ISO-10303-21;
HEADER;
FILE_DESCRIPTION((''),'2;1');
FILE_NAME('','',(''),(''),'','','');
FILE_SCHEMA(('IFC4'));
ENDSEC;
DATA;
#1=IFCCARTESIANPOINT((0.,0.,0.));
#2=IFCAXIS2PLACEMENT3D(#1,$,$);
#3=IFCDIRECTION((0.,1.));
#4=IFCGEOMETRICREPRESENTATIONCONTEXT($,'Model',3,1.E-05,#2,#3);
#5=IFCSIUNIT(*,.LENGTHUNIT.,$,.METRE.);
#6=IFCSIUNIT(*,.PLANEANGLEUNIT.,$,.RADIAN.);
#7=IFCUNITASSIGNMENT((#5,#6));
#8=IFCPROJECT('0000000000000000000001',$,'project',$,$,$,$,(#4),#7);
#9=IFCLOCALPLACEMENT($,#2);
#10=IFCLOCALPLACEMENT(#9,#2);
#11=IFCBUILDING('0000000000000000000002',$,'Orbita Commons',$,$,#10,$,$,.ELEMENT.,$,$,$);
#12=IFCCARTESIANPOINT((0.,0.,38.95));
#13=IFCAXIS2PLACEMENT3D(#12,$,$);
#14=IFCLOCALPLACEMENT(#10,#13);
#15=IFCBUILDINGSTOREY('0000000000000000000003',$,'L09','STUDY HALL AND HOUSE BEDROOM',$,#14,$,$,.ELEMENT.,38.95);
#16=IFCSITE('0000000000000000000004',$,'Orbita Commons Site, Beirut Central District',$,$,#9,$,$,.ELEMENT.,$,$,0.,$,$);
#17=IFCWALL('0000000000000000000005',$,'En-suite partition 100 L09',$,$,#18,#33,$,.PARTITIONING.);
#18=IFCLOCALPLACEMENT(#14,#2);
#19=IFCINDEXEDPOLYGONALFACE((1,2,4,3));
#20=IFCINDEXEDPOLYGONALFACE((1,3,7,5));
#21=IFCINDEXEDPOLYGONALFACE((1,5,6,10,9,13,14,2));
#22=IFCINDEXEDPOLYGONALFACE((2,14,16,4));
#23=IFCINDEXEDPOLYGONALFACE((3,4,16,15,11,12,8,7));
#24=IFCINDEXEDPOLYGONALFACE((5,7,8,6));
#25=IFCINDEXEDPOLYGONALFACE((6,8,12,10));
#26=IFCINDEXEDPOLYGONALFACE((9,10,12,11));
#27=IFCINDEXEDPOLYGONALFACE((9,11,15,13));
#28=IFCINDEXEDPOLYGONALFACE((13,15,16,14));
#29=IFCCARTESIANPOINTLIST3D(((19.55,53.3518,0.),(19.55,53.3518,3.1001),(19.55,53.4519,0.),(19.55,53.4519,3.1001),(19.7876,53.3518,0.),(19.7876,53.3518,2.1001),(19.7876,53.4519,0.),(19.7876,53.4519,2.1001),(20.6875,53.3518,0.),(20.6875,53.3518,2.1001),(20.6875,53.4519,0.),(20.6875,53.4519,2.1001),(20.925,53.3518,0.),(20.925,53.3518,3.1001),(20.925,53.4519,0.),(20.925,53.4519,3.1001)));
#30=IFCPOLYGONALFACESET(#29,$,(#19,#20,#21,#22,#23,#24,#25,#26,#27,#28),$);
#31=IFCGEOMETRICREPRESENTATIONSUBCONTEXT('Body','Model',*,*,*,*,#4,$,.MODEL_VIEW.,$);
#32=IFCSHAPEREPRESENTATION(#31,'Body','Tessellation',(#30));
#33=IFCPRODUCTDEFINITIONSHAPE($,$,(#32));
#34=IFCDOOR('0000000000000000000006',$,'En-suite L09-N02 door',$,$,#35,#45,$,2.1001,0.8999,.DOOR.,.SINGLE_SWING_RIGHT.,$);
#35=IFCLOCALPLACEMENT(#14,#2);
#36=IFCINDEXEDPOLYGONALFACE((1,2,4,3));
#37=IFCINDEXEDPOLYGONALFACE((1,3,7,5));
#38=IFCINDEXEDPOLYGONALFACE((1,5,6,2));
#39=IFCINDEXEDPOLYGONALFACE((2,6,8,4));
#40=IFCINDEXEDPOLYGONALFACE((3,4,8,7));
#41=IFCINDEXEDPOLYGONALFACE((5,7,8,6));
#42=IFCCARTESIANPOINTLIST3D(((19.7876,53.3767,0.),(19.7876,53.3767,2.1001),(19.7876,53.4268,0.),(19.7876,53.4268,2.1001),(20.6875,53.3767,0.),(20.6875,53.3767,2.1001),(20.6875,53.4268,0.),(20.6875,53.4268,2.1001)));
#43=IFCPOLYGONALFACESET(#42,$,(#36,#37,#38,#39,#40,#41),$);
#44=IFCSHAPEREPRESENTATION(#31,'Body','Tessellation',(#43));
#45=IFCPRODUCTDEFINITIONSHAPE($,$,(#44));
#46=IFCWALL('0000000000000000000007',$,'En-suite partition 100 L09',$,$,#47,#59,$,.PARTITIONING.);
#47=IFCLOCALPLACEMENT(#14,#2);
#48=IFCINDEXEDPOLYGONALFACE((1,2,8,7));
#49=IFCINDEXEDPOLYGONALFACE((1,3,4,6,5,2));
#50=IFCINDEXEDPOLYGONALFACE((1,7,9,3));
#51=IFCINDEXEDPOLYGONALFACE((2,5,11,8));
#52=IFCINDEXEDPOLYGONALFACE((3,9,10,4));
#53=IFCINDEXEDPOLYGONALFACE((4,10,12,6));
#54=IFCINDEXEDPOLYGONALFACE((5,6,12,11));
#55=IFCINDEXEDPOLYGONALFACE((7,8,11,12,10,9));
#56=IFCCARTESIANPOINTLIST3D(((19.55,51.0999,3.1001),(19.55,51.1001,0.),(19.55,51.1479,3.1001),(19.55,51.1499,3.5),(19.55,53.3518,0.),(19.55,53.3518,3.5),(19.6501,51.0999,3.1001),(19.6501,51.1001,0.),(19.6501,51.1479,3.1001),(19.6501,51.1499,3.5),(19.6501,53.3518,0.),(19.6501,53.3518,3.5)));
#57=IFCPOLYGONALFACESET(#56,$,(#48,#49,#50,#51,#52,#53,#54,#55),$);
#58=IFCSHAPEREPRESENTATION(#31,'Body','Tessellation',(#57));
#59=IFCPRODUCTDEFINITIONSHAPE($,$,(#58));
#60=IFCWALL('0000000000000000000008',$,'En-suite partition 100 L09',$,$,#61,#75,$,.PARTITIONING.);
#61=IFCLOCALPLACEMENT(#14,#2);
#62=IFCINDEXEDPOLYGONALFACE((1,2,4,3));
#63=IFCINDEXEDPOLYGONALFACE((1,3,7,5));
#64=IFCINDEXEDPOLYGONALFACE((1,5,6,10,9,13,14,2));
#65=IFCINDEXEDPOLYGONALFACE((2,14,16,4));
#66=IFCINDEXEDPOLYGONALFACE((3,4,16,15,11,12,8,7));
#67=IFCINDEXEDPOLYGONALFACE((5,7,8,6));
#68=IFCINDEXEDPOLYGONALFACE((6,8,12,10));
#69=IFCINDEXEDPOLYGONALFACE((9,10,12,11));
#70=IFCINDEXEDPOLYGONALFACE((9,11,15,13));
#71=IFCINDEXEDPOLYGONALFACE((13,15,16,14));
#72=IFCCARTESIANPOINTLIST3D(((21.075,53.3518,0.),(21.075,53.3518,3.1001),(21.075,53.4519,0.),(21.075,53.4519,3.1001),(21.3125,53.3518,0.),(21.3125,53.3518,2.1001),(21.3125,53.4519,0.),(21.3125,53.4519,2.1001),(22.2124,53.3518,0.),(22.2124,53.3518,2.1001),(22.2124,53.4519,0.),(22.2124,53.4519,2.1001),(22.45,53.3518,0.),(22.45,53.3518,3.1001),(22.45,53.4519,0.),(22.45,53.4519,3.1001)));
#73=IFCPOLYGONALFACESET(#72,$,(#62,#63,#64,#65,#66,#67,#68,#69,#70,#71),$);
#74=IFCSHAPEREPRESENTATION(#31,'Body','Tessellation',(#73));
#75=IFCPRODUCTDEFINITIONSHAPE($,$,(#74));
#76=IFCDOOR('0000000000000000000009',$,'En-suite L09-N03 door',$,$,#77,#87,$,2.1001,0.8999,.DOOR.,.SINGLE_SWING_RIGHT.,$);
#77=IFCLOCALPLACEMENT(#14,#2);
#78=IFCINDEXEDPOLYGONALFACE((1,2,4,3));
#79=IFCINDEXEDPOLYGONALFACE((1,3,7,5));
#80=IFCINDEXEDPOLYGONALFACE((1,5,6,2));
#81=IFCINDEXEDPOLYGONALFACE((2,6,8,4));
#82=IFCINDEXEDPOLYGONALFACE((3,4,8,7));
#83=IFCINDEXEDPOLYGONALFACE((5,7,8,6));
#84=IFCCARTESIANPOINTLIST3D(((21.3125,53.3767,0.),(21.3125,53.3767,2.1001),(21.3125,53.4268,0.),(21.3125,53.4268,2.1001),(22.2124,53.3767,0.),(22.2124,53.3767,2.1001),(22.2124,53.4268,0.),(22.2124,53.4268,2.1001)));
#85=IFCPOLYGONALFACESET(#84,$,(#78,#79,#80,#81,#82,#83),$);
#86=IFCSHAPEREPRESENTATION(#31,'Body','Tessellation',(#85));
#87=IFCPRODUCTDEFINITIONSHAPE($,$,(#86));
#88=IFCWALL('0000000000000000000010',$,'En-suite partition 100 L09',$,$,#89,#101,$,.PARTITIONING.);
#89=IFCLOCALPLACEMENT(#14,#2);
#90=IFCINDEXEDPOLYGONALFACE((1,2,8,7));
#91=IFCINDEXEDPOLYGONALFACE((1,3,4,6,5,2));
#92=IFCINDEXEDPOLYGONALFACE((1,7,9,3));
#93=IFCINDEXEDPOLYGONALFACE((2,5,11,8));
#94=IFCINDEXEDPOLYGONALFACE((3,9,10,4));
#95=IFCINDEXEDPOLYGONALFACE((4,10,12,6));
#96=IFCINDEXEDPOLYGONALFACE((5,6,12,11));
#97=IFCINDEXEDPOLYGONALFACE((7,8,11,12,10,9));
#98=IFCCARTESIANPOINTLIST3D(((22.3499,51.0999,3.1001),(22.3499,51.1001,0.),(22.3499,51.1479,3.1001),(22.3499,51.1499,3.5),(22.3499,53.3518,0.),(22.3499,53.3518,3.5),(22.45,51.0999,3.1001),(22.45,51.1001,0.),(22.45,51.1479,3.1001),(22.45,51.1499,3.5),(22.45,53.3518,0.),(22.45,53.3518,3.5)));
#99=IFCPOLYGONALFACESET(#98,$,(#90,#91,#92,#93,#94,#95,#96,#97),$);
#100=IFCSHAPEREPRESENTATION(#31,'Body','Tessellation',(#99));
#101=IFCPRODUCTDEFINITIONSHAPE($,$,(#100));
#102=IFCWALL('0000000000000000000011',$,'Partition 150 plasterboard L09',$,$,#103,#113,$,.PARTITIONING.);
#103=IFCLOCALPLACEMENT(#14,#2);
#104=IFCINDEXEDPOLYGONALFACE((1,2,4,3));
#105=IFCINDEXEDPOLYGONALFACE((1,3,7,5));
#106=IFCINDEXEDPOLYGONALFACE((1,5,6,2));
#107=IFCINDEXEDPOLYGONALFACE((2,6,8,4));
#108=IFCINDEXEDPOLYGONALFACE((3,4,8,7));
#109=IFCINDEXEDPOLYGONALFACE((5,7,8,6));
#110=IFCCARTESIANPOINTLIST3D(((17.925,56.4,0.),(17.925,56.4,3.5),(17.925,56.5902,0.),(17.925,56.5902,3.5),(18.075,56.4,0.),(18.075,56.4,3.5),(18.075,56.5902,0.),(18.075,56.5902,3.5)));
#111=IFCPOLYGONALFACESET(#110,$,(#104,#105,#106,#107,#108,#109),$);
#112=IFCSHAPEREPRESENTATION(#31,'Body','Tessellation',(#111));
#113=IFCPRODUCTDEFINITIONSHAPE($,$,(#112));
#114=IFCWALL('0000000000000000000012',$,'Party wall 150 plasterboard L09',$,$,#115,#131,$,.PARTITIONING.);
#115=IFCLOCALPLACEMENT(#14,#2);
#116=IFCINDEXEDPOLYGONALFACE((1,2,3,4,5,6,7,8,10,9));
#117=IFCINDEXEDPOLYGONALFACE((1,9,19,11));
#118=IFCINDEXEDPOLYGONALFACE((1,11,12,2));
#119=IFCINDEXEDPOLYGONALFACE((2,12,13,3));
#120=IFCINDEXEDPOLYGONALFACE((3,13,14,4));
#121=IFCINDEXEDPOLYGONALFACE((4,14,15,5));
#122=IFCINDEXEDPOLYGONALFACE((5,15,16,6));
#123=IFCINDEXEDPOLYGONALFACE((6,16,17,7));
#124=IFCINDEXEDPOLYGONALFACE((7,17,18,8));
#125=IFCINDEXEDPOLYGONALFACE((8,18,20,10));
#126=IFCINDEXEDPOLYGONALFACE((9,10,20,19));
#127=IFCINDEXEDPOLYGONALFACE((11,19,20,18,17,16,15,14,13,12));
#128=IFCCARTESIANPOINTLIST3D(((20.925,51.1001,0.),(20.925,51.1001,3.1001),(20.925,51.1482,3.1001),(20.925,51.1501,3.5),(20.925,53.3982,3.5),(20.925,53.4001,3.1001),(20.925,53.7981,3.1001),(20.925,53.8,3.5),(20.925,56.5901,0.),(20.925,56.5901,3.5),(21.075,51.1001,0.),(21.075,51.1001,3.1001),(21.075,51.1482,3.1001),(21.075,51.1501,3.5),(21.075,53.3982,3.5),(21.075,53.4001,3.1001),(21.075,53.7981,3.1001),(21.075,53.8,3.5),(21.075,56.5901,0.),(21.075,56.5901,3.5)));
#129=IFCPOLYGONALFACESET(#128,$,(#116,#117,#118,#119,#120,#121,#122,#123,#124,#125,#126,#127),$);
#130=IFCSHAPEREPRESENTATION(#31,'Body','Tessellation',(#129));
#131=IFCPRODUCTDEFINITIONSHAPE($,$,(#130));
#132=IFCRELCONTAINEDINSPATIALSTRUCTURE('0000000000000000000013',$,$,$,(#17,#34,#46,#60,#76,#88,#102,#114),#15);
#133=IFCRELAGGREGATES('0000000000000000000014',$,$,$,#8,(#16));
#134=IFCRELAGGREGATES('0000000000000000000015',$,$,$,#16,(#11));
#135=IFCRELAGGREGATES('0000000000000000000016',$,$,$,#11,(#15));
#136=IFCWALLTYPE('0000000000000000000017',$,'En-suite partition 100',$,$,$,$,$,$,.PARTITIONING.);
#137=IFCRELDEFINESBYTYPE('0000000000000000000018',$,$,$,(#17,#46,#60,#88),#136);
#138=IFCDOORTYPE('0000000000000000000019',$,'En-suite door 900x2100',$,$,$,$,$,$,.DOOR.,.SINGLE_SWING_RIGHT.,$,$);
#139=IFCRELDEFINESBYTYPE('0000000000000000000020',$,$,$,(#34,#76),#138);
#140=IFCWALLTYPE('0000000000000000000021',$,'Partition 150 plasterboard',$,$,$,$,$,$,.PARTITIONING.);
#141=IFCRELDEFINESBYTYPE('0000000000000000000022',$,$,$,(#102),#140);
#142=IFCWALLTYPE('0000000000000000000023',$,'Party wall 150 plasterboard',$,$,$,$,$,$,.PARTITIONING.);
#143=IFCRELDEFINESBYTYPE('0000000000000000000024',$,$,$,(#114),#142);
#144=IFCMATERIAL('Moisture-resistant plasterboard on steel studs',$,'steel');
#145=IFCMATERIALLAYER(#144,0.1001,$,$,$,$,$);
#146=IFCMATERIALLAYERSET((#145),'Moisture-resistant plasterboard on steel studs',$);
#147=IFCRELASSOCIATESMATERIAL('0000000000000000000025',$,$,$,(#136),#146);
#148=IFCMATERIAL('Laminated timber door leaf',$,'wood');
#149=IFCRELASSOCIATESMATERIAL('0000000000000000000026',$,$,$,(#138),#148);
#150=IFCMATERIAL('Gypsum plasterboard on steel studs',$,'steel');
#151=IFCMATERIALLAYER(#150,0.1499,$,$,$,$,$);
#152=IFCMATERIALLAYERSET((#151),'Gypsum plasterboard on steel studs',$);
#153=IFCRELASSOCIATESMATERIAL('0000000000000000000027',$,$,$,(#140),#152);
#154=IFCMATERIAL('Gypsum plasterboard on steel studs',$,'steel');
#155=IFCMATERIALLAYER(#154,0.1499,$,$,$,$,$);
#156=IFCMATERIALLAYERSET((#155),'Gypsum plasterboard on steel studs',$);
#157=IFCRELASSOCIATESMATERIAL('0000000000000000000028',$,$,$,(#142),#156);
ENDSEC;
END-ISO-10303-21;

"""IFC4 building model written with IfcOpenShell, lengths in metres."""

from ifc_helpers import new_model, si_unit, direction, frame, frame_2d, origin, place, context, subcontext, project, spatial, polyline, rectangle, outline, extrude, material, layer, layer_set, type_object, element, fill, save


model = new_model("IFC4")

# Units and contexts
model_context = context("Model", 3, precision=1e-05, world=origin(), true_north=direction((0.0, 1.0)))
body_context = subcontext(model_context, "Body", "Model", "MODEL_VIEW")
ifc_project = project(units=[si_unit("LENGTHUNIT", "METRE"), si_unit("PLANEANGLEUNIT", "RADIAN")], contexts=[model_context])

# Site, building, storey
site_placement = place(None, origin())
site = spatial("IfcSite", under=ifc_project, at=site_placement, Name="Orbita Commons Site, Beirut Central District", CompositionType="ELEMENT", RefElevation=0.0)
building_placement = place(site_placement, origin())
building = spatial("IfcBuilding", under=site, at=building_placement, Name="Orbita Commons", CompositionType="ELEMENT")
storey_placement = place(building_placement, frame((0.0, 0.0, 38.95)))
storey = spatial("IfcBuildingStorey", under=building, at=storey_placement, Name="L09", Description="STUDY HALL AND HOUSE BEDROOM", CompositionType="ELEMENT", Elevation=38.95)

# Wall, opening, door
ifc_material_1 = material(Name="Moisture-resistant plasterboard on steel studs", Category="steel")
ifc_layer_1 = layer(ifc_material_1, 0.1001)
ifc_layer_set_1 = layer_set([ifc_layer_1], Name="Moisture-resistant plasterboard on steel studs")
wall_type_1 = type_object("IfcWallType", Name="En-suite partition 100", PredefinedType="PARTITIONING", material=ifc_layer_set_1)
wall_1_placement = place(storey_placement, frame((19.55, 53.4019, 0.0), z_axis=(0.0, 0.0, 1.0), x_axis=(1.0, 0.0, 0.0)))
wall_1 = element("IfcWall", 1, at=wall_1_placement, inside=storey, type_object=wall_type_1, Name="En-suite partition 100 L09", PredefinedType="PARTITIONING", context=body_context, shape_type="SweptSolid", body=[
    extrude(outline(polyline([(0.0, 0.0), (1.375, 0.0), (1.375, 3.1001), (0.0, 3.1001), (0.0, 0.0)])), frame((0.0, 0.05, 0.0), z_axis=(0.0, -1.0, 0.0), x_axis=(1.0, 0.0, 0.0)), (0.0, 0.0, 1.0), 0.1001),
])
opening_1_placement = place(wall_1_placement, frame((0.2375, 0.0, 0.0)))
opening_1 = element("IfcOpeningElement", 2, at=opening_1_placement, cuts=wall_1, PredefinedType="OPENING", context=body_context, shape_type="SweptSolid", body=[
    extrude(rectangle(XDim=0.8999, YDim=2.1001, at=frame_2d((0.45, 1.05))), frame((0.0, 0.0601, 0.0), z_axis=(0.0, -1.0, 0.0), x_axis=(1.0, 0.0, 0.0)), (0.0, 0.0, 1.0), 0.1201),
])
ifc_material_2 = material(Name="Laminated timber door leaf", Category="wood")
door_type = type_object("IfcDoorType", Name="En-suite door 900x2100", OperationType="SINGLE_SWING_RIGHT", PredefinedType="DOOR", material=ifc_material_2)
door_1_placement = place(opening_1_placement, origin())
door_1 = element("IfcDoor", 3, at=door_1_placement, inside=storey, type_object=door_type, Name="En-suite L09-N02 door", OperationType="SINGLE_SWING_RIGHT", OverallHeight=2.1001, OverallWidth=0.8999, PredefinedType="DOOR", context=body_context, shape_type="SweptSolid", body=[
    extrude(rectangle(XDim=0.8999, YDim=2.1001, at=frame_2d((0.45, 1.05))), frame((0.0, 0.0249, 0.0), z_axis=(0.0, -1.0, 0.0), x_axis=(1.0, 0.0, 0.0)), (0.0, 0.0, 1.0), 0.05),
])
fill(opening_1, door_1)

# Wall
wall_2_placement = place(storey_placement, frame((19.6001, 53.3518, 0.0), z_axis=(0.0, 0.0, 1.0), x_axis=(0.0, -1.0, 0.0)))
element("IfcWall", 4, at=wall_2_placement, inside=storey, type_object=wall_type_1, Name="En-suite partition 100 L09", PredefinedType="PARTITIONING", context=body_context, shape_type="SweptSolid", body=[
    extrude(outline(polyline([(0.0, 0.0), (2.2517, 0.0), (2.252, 3.1001), (2.2039, 3.1001), (2.2019, 3.5), (0.0, 3.5), (0.0, 0.0)])), frame((0.0, 0.05, 0.0), z_axis=(0.0, -1.0, 0.0), x_axis=(1.0, 0.0, 0.0)), (0.0, 0.0, 1.0), 0.1001),
])

# Wall, opening, door
wall_3_placement = place(storey_placement, frame((21.075, 53.4019, 0.0), z_axis=(0.0, 0.0, 1.0), x_axis=(1.0, 0.0, 0.0)))
wall_3 = element("IfcWall", 5, at=wall_3_placement, inside=storey, type_object=wall_type_1, Name="En-suite partition 100 L09", PredefinedType="PARTITIONING", context=body_context, shape_type="SweptSolid", body=[
    extrude(outline(polyline([(0.0, 0.0), (1.375, 0.0), (1.375, 3.1001), (0.0, 3.1001), (0.0, 0.0)])), frame((0.0, 0.05, 0.0), z_axis=(0.0, -1.0, 0.0), x_axis=(1.0, 0.0, 0.0)), (0.0, 0.0, 1.0), 0.1001),
])
opening_2_placement = place(wall_3_placement, frame((0.2375, 0.0, 0.0)))
opening_2 = element("IfcOpeningElement", 6, at=opening_2_placement, cuts=wall_3, PredefinedType="OPENING", context=body_context, shape_type="SweptSolid", body=[
    extrude(rectangle(XDim=0.8999, YDim=2.1001, at=frame_2d((0.45, 1.05))), frame((0.0, 0.0601, 0.0), z_axis=(0.0, -1.0, 0.0), x_axis=(1.0, 0.0, 0.0)), (0.0, 0.0, 1.0), 0.1201),
])
door_2_placement = place(opening_2_placement, origin())
door_2 = element("IfcDoor", 7, at=door_2_placement, inside=storey, type_object=door_type, Name="En-suite L09-N03 door", OperationType="SINGLE_SWING_RIGHT", OverallHeight=2.1001, OverallWidth=0.8999, PredefinedType="DOOR", context=body_context, shape_type="SweptSolid", body=[
    extrude(rectangle(XDim=0.8999, YDim=2.1001, at=frame_2d((0.45, 1.05))), frame((0.0, 0.0249, 0.0), z_axis=(0.0, -1.0, 0.0), x_axis=(1.0, 0.0, 0.0)), (0.0, 0.0, 1.0), 0.05),
])
fill(opening_2, door_2)

# Walls
wall_4_placement = place(storey_placement, frame((22.3999, 53.3518, 0.0), z_axis=(0.0, 0.0, 1.0), x_axis=(0.0, -1.0, 0.0)))
element("IfcWall", 8, at=wall_4_placement, inside=storey, type_object=wall_type_1, Name="En-suite partition 100 L09", PredefinedType="PARTITIONING", context=body_context, shape_type="SweptSolid", body=[
    extrude(outline(polyline([(0.0, 0.0), (2.2517, 0.0), (2.252, 3.1001), (2.2039, 3.1001), (2.2019, 3.5), (0.0, 3.5), (0.0, 0.0)])), frame((0.0, 0.05, 0.0), z_axis=(0.0, -1.0, 0.0), x_axis=(1.0, 0.0, 0.0)), (0.0, 0.0, 1.0), 0.1001),
])
ifc_material_3 = material(Name="Gypsum plasterboard on steel studs", Category="steel")
ifc_layer_2 = layer(ifc_material_3, 0.1499)
ifc_layer_set_2 = layer_set([ifc_layer_2], Name="Gypsum plasterboard on steel studs")
wall_type_2 = type_object("IfcWallType", Name="Partition 150 plasterboard", PredefinedType="PARTITIONING", material=ifc_layer_set_2)
wall_5_placement = place(storey_placement, frame((18.0, 56.3999, 0.0), z_axis=(0.0, 0.0, 1.0), x_axis=(0.0, 1.0, 0.0)))
element("IfcWall", 9, at=wall_5_placement, inside=storey, type_object=wall_type_2, Name="Partition 150 plasterboard L09", PredefinedType="PARTITIONING", context=body_context, shape_type="SweptSolid", body=[
    extrude(rectangle(XDim=0.1902, YDim=0.1499, at=frame_2d((0.0952, 0.0))), origin(), (0.0, 0.0, 1.0), 3.5),
])
ifc_material_4 = material(Name="Gypsum plasterboard on steel studs", Category="steel")
ifc_layer_3 = layer(ifc_material_4, 0.1499)
ifc_layer_set_3 = layer_set([ifc_layer_3], Name="Gypsum plasterboard on steel studs")
wall_type_3 = type_object("IfcWallType", Name="Party wall 150 plasterboard", PredefinedType="PARTITIONING", material=ifc_layer_set_3)
wall_6_placement = place(storey_placement, frame((21.0, 56.5901, 0.0), z_axis=(0.0, 0.0, 1.0), x_axis=(0.0, -1.0, 0.0)))
element("IfcWall", 10, at=wall_6_placement, inside=storey, type_object=wall_type_3, Name="Party wall 150 plasterboard L09", PredefinedType="PARTITIONING", context=body_context, shape_type="SweptSolid", body=[
    extrude(outline(polyline([(0.0, 0.0), (5.49, 0.0), (5.49, 3.1001), (5.4419, 3.1001), (5.4399, 3.5), (3.1919, 3.5), (3.1899, 3.1001), (2.792, 3.1001), (2.79, 3.5), (0.0, 3.5), (0.0, 0.0)])), frame((0.0, 0.075, 0.0), z_axis=(0.0, -1.0, 0.0), x_axis=(1.0, 0.0, 0.0)), (0.0, 0.0, 1.0), 0.1499),
])

save(model, "model.ifc")
